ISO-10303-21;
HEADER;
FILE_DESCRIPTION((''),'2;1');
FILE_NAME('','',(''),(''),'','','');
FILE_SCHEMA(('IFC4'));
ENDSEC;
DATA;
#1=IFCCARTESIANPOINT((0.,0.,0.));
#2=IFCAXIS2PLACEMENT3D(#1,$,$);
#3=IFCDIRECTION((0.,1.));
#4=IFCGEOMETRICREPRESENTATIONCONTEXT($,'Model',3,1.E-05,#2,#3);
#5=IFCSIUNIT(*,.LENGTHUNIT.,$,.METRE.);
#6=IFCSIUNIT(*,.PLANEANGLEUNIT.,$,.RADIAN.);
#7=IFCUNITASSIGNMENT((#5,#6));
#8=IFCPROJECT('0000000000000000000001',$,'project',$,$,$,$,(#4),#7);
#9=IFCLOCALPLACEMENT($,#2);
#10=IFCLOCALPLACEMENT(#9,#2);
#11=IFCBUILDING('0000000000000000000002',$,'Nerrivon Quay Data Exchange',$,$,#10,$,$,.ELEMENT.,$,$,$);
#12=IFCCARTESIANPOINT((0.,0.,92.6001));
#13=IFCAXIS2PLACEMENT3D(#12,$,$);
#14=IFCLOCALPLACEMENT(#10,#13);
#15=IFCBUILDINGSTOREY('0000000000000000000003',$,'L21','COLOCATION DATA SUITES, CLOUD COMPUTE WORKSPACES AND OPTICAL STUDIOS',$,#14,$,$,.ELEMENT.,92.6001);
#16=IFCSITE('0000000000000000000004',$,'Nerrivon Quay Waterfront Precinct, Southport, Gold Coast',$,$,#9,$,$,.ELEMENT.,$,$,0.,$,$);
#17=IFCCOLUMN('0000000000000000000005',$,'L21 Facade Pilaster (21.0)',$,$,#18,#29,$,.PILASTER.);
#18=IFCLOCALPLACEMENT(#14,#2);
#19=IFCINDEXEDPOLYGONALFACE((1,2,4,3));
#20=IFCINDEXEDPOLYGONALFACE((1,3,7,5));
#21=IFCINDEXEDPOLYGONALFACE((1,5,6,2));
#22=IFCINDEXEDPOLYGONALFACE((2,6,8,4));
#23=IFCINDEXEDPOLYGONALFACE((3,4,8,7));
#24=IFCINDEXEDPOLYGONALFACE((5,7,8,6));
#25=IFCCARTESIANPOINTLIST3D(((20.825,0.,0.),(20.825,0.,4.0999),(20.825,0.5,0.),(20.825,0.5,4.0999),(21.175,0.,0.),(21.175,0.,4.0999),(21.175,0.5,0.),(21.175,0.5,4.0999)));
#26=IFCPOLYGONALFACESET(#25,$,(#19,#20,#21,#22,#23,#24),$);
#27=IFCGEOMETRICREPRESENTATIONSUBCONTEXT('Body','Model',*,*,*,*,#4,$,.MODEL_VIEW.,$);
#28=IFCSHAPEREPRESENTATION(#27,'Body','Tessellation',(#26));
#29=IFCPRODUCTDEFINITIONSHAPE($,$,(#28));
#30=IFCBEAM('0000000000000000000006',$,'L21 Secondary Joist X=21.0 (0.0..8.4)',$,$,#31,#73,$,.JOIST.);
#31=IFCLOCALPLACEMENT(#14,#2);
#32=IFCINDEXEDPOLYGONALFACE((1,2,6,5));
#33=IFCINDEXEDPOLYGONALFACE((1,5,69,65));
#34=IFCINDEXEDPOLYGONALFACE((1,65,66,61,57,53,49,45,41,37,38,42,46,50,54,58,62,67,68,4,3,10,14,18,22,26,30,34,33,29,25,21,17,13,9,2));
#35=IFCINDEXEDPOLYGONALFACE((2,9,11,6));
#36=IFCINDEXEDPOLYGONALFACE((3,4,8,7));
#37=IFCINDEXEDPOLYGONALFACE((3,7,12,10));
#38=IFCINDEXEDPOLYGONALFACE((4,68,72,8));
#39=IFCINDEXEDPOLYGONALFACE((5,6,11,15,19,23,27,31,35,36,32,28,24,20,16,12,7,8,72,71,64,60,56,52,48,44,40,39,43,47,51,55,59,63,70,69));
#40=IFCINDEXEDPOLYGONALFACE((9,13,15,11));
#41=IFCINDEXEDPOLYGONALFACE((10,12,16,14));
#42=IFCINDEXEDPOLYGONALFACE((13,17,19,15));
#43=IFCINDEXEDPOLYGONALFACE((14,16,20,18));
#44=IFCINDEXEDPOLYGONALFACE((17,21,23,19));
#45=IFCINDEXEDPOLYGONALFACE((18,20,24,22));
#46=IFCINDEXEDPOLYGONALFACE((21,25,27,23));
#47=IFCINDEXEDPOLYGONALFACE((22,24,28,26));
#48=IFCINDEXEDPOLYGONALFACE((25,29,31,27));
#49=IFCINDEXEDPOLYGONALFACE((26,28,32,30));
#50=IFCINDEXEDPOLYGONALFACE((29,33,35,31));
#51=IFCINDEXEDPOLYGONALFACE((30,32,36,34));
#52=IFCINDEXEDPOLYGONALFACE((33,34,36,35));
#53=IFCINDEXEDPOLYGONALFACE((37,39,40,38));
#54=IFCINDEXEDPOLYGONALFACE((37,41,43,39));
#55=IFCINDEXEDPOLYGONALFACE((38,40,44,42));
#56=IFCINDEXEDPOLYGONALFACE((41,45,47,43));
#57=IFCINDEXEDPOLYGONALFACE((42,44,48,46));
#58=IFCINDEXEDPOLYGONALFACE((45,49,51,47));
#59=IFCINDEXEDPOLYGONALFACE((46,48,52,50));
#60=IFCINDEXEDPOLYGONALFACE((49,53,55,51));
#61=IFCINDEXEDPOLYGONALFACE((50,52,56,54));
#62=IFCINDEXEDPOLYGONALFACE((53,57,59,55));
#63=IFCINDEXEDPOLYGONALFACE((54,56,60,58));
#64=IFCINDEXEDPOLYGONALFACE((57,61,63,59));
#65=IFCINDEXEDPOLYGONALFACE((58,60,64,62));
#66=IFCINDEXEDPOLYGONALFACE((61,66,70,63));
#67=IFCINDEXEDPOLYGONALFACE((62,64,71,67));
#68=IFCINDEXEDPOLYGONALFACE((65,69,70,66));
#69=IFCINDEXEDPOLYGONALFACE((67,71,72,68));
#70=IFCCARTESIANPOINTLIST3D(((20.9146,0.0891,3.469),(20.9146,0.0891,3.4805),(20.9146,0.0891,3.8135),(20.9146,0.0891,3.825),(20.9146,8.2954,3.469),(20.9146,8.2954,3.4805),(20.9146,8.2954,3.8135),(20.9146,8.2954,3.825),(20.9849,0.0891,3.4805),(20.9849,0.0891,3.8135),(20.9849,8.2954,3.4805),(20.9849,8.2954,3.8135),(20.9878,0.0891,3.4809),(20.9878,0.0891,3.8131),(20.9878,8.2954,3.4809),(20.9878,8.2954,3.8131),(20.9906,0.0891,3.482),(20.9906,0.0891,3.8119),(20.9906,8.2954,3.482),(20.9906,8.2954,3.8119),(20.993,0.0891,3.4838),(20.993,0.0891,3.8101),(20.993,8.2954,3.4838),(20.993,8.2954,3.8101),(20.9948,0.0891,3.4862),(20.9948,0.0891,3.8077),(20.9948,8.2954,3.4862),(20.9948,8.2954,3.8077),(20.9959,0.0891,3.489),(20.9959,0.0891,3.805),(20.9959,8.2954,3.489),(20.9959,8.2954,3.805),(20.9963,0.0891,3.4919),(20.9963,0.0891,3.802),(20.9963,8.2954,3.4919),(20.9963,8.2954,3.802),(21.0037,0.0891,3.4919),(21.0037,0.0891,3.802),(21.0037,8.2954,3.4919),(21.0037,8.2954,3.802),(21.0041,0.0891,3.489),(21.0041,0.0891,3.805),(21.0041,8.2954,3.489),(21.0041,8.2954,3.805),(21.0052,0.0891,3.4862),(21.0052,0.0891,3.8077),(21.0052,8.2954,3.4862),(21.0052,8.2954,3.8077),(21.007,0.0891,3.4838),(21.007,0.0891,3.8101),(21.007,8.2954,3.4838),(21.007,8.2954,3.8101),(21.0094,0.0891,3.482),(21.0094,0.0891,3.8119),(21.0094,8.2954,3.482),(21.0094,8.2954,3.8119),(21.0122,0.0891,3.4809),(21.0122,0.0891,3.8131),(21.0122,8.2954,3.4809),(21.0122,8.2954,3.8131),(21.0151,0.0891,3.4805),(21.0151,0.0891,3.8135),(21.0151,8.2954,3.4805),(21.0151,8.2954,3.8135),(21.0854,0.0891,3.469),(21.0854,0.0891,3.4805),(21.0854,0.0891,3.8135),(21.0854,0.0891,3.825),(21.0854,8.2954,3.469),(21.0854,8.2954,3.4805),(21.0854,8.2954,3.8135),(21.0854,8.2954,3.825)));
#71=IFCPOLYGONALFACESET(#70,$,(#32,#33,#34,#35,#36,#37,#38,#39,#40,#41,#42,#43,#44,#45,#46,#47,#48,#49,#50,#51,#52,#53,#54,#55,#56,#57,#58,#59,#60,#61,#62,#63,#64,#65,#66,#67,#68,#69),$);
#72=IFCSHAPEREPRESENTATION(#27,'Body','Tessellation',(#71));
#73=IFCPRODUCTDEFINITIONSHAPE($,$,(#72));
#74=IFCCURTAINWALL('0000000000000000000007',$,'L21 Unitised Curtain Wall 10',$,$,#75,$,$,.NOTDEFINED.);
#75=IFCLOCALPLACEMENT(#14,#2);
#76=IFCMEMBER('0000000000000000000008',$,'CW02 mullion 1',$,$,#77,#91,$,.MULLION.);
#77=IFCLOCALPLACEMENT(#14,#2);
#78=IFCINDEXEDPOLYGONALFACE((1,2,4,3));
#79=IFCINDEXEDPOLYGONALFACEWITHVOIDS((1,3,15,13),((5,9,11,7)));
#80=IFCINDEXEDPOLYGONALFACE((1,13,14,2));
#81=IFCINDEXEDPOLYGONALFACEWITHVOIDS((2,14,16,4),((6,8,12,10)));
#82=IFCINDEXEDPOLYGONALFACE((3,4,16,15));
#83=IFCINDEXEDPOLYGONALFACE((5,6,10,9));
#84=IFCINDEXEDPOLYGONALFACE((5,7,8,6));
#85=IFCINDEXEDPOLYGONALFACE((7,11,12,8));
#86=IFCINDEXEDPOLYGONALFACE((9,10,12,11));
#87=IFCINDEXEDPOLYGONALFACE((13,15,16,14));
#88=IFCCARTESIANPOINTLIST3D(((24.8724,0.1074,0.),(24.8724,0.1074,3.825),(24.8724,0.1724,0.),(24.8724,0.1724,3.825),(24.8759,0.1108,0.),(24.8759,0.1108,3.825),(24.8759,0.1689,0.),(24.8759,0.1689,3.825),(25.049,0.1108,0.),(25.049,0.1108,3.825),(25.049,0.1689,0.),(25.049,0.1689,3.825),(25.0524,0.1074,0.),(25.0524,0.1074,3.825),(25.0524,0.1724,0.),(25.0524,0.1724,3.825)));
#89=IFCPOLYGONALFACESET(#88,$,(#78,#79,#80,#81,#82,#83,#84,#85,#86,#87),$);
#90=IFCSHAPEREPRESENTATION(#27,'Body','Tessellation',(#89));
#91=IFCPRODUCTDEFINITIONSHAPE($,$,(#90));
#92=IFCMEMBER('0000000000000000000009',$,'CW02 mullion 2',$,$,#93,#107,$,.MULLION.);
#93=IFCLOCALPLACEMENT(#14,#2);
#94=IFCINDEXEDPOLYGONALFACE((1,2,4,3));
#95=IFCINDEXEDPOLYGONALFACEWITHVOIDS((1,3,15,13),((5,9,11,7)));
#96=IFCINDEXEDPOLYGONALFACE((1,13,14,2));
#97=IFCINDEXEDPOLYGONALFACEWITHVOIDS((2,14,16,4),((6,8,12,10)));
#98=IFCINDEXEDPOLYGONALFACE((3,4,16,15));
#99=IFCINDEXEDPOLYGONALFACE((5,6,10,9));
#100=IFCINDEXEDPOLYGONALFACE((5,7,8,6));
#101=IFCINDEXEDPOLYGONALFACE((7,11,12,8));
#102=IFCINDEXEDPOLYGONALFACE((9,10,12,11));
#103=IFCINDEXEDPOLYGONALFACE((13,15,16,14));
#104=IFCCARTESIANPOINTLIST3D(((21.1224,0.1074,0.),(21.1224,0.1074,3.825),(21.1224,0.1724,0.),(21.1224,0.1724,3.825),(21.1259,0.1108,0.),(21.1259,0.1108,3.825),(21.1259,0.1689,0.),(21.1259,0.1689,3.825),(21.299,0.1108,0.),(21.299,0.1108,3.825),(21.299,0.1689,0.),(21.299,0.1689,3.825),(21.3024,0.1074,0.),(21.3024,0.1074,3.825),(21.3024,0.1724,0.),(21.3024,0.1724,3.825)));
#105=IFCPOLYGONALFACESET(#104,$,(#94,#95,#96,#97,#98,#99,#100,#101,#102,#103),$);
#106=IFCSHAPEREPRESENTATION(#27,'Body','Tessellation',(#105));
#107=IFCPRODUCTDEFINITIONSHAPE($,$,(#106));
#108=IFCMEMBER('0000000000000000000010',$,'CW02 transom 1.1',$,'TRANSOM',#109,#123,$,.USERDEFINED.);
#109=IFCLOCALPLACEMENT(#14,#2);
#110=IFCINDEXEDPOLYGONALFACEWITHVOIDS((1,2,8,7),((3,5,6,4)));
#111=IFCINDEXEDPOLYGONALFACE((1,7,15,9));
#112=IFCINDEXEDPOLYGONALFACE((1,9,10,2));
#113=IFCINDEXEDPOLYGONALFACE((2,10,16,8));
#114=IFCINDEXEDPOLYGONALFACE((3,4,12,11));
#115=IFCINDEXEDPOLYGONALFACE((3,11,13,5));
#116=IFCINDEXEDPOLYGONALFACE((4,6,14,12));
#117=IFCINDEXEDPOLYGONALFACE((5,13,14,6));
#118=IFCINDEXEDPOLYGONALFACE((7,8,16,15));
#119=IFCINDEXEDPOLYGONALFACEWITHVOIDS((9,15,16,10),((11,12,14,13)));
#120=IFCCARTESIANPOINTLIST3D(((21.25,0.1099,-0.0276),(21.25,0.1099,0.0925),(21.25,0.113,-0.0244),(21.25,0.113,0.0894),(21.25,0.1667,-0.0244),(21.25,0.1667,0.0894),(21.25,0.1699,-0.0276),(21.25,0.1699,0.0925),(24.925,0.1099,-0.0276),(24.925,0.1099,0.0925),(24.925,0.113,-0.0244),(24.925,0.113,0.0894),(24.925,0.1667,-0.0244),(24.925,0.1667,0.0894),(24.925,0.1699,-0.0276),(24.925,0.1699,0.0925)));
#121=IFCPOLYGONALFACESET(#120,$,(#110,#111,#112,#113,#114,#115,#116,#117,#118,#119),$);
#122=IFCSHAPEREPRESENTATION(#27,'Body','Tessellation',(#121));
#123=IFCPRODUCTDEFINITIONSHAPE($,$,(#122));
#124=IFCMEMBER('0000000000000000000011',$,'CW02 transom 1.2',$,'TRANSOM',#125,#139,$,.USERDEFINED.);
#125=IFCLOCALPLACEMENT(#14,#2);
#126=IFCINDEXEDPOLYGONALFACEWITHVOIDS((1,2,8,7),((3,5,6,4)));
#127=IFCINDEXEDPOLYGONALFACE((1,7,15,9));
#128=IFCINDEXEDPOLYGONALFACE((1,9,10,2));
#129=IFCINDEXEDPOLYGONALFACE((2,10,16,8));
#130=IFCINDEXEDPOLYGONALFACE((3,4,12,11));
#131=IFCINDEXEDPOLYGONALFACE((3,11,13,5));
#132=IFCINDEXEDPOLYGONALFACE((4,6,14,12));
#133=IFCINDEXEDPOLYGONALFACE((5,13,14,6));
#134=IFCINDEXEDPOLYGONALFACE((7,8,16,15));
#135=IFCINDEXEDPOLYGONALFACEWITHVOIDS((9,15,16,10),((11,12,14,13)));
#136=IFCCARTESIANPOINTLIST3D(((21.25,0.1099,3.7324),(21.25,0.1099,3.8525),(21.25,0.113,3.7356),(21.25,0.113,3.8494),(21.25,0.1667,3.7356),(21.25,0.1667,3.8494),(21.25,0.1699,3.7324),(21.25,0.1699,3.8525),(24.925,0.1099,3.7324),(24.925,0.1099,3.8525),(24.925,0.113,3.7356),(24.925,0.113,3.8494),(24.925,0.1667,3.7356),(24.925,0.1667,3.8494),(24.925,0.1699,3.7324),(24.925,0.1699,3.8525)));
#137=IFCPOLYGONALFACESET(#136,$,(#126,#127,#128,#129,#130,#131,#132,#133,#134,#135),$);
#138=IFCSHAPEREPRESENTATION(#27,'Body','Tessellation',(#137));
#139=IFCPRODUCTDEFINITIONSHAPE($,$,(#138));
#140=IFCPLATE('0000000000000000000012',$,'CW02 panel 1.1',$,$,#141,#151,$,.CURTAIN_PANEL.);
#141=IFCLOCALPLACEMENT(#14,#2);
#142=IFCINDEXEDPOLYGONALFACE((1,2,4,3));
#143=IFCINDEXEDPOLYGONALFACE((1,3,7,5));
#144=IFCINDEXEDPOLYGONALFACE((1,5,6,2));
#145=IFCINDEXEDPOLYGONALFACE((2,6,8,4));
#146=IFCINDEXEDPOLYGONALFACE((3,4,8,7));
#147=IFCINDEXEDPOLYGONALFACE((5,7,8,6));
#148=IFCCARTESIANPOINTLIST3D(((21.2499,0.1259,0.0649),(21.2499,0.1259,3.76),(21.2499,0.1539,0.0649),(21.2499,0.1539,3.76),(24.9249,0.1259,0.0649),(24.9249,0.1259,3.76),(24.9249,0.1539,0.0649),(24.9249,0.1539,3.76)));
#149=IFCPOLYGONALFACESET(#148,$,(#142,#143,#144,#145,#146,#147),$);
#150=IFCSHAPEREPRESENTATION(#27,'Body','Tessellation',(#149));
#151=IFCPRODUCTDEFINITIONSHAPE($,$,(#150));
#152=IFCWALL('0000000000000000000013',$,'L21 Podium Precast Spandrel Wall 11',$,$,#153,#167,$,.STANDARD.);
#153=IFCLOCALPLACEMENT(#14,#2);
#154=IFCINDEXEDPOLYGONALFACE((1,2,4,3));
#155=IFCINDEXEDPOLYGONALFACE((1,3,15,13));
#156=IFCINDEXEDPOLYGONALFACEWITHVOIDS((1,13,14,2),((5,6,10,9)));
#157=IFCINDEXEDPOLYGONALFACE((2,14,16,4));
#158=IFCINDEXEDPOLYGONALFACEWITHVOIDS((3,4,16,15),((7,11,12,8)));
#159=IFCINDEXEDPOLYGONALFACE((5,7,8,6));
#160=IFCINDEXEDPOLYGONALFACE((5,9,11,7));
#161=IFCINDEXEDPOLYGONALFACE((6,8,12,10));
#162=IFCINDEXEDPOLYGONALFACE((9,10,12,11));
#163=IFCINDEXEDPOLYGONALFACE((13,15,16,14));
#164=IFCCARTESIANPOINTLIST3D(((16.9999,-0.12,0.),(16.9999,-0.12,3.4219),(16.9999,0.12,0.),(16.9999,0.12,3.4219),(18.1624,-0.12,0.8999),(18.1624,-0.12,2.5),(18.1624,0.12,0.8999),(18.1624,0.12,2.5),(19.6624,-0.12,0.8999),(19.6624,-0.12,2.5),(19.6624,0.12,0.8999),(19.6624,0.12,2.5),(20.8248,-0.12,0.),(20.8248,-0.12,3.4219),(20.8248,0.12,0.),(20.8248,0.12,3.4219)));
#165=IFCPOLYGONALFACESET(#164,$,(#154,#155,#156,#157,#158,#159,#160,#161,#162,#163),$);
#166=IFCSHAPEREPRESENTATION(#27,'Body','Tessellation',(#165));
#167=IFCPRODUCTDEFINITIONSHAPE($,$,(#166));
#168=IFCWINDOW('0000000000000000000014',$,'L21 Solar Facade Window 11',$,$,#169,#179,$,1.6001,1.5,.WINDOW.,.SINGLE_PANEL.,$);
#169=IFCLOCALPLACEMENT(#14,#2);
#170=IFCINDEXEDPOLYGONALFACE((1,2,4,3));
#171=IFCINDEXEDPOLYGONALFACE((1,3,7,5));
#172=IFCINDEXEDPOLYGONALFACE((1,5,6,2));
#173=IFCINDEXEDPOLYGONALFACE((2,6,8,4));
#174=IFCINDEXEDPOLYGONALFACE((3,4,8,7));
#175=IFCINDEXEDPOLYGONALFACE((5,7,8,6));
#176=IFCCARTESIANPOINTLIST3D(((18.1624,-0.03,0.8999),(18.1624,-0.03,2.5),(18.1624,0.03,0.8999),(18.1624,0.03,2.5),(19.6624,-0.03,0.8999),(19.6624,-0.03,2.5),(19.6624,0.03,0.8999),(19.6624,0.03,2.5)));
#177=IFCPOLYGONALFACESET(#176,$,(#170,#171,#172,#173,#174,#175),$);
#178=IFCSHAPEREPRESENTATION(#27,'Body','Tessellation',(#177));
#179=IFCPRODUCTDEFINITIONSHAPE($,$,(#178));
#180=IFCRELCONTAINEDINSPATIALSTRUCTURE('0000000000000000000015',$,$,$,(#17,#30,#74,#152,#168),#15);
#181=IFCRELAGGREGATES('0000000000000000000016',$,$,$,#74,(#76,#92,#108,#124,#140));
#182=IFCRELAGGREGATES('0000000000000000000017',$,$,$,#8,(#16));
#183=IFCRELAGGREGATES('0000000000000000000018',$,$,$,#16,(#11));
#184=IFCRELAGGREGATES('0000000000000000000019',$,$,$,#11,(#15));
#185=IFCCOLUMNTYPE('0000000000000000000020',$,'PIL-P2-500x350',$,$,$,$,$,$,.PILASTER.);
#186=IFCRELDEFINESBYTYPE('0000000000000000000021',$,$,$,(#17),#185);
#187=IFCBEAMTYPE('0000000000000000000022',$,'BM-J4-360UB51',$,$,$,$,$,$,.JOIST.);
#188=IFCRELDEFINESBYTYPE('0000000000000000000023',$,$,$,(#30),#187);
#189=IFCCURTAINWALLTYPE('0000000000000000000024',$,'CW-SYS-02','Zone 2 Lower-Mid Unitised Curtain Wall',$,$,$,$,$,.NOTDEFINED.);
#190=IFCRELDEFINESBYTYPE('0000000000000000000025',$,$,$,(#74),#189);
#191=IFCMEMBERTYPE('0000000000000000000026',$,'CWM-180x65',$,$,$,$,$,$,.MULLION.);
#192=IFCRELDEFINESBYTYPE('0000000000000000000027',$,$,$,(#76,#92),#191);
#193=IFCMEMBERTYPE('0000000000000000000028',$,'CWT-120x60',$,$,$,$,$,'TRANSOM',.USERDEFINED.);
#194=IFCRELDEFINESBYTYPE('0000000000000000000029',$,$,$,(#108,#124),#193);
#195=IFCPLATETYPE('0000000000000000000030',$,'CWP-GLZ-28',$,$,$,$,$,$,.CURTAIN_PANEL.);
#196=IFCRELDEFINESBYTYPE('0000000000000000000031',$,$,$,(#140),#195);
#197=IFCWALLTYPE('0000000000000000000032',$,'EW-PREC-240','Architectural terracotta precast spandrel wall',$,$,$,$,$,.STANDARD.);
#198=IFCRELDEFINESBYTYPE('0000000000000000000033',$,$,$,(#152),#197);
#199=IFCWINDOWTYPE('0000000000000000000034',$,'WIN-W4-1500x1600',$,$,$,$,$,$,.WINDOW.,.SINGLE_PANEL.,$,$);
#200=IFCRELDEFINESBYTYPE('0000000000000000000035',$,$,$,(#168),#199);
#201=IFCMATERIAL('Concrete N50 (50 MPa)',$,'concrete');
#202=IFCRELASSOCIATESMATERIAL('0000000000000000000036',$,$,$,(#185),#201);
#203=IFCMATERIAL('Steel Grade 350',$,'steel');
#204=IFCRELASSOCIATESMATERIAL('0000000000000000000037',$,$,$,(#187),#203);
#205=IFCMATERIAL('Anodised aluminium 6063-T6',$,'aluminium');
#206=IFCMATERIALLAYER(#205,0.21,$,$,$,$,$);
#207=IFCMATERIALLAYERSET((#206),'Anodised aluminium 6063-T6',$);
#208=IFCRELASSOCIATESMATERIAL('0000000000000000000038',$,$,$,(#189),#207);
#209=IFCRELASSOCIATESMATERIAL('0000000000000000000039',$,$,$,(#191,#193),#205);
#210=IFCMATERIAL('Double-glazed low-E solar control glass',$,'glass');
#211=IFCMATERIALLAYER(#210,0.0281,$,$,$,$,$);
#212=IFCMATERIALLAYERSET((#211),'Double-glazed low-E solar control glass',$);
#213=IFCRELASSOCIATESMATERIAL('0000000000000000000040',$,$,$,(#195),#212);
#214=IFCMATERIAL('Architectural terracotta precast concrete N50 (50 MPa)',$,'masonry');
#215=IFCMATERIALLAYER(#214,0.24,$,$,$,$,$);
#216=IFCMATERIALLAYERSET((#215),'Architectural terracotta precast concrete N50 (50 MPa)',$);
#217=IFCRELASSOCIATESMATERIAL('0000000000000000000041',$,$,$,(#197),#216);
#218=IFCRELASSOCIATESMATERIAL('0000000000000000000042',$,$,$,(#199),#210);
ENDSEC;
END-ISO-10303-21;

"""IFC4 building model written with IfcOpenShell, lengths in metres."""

from ifc_helpers import new_model, si_unit, direction, frame, frame_2d, origin, origin_2d, place, context, subcontext, project, spatial, rectangle, hollow_rectangle, i_section, extrude, material, layer, layer_set, material_profile, profile_set, type_object, element, fill, aggregate, save


model = new_model("IFC4")

# Units and contexts
model_context = context("Model", 3, precision=1e-05, world=origin(), true_north=direction((0.0, 1.0)))
body_context = subcontext(model_context, "Body", "Model", "MODEL_VIEW")
ifc_project = project(units=[si_unit("LENGTHUNIT", "METRE"), si_unit("PLANEANGLEUNIT", "RADIAN")], contexts=[model_context])

# Site, building, storey
site_placement = place(None, origin())
site = spatial("IfcSite", under=ifc_project, at=site_placement, Name="Nerrivon Quay Waterfront Precinct, Southport, Gold Coast", CompositionType="ELEMENT", RefElevation=0.0)
building_placement = place(site_placement, origin())
building = spatial("IfcBuilding", under=site, at=building_placement, Name="Nerrivon Quay Data Exchange", CompositionType="ELEMENT")
storey_placement = place(building_placement, frame((0.0, 0.0, 92.6001)))
storey = spatial("IfcBuildingStorey", under=building, at=storey_placement, Name="L21", Description="COLOCATION DATA SUITES, CLOUD COMPUTE WORKSPACES AND OPTICAL STUDIOS", CompositionType="ELEMENT", Elevation=92.6001)

# Column
ifc_material_1 = material(Name="Concrete N50 (50 MPa)", Category="concrete")
ifc_material_profile_1 = material_profile(ifc_material_1, rectangle(XDim=0.3501, YDim=0.5, at=origin_2d()), Name="RC-PIL-500x350")
ifc_profile_set_1 = profile_set([ifc_material_profile_1], Name="Concrete N50 (50 MPa)")
column_type = type_object("IfcColumnType", Name="PIL-P2-500x350", PredefinedType="PILASTER", material=ifc_profile_set_1)
column_placement = place(storey_placement, frame((21.0, 0.25, 0.0), z_axis=(0.0, 0.0, 1.0), x_axis=(1.0, 0.0, 0.0)))
element("IfcColumn", 1, at=column_placement, inside=storey, type_object=column_type, Name="L21 Facade Pilaster (21.0)", PredefinedType="PILASTER", context=body_context, shape_type="SweptSolid", body=[
    extrude(rectangle(XDim=0.3501, YDim=0.5, at=origin_2d()), origin(), (0.0, 0.0, 1.0), 4.0999),
])

# Beam
ifc_material_2 = material(Name="Steel Grade 350", Category="steel")
ifc_material_profile_2 = material_profile(ifc_material_2, i_section(OverallWidth=0.1709, OverallDepth=0.356, WebThickness=0.0073, FlangeThickness=0.0115, FilletRadius=0.0115, at=origin_2d()), Name="360UB50.7")
ifc_profile_set_2 = profile_set([ifc_material_profile_2], Name="Steel Grade 350")
beam_type = type_object("IfcBeamType", Name="BM-J4-360UB51", PredefinedType="JOIST", material=ifc_profile_set_2)
beam_placement = place(storey_placement, frame((21.0, 0.0891, 3.647), z_axis=(0.0, 1.0, 0.0), x_axis=(-1.0, 0.0, 0.0)))
element("IfcBeam", 2, at=beam_placement, inside=storey, type_object=beam_type, Name="L21 Secondary Joist X=21.0 (0.0..8.4)", PredefinedType="JOIST", context=body_context, shape_type="SweptSolid", body=[
    extrude(i_section(OverallWidth=0.1709, OverallDepth=0.356, WebThickness=0.0073, FlangeThickness=0.0115, FilletRadius=0.0115, at=origin_2d()), origin(), (0.0, 0.0, 1.0), 8.2063),
])

# Curtain wall, members, plate
ifc_material_3 = material(Name="Anodised aluminium 6063-T6", Category="aluminium")
ifc_layer_1 = layer(ifc_material_3, 0.21)
ifc_layer_set_1 = layer_set([ifc_layer_1], Name="Anodised aluminium 6063-T6")
curtain_wall_type = type_object("IfcCurtainWallType", Name="CW-SYS-02", Description="Zone 2 Lower-Mid Unitised Curtain Wall", PredefinedType="NOTDEFINED", material=ifc_layer_set_1)
curtain_wall_placement = place(storey_placement, origin())
curtain_wall = element("IfcCurtainWall", 3, at=curtain_wall_placement, inside=storey, type_object=curtain_wall_type, Name="L21 Unitised Curtain Wall 10", PredefinedType="NOTDEFINED")
ifc_material_profile_3 = material_profile(ifc_material_3, hollow_rectangle(XDim=0.0649, YDim=0.1799, WallThickness=0.0034, at=origin_2d()), Name="ALU-MULL-180x65")
ifc_profile_set_3 = profile_set([ifc_material_profile_3], Name="Anodised aluminium 6063-T6")
member_type_1 = type_object("IfcMemberType", Name="CWM-180x65", PredefinedType="MULLION", material=ifc_profile_set_3)
member_1_placement = place(storey_placement, frame((24.9624, 0.1399, 0.0), z_axis=(0.0, 0.0, 1.0), x_axis=(0.0, -1.0, 0.0)))
member_1 = element("IfcMember", 4, at=member_1_placement, type_object=member_type_1, Name="CW02 mullion 1", PredefinedType="MULLION", context=body_context, shape_type="SweptSolid", body=[
    extrude(hollow_rectangle(XDim=0.0649, YDim=0.1799, WallThickness=0.0034, at=origin_2d()), origin(), (0.0, 0.0, 1.0), 3.825),
])
member_2_placement = place(storey_placement, frame((21.2124, 0.1399, 0.0), z_axis=(0.0, 0.0, 1.0), x_axis=(0.0, -1.0, 0.0)))
member_2 = element("IfcMember", 5, at=member_2_placement, type_object=member_type_1, Name="CW02 mullion 2", PredefinedType="MULLION", context=body_context, shape_type="SweptSolid", body=[
    extrude(hollow_rectangle(XDim=0.0649, YDim=0.1799, WallThickness=0.0034, at=origin_2d()), origin(), (0.0, 0.0, 1.0), 3.825),
])
ifc_material_profile_4 = material_profile(ifc_material_3, hollow_rectangle(XDim=0.0601, YDim=0.1201, WallThickness=0.0032, at=origin_2d()), Name="ALU-TRAN-120x60")
ifc_profile_set_4 = profile_set([ifc_material_profile_4], Name="Anodised aluminium 6063-T6")
member_type_2 = type_object("IfcMemberType", Name="CWT-120x60", ElementType="TRANSOM", PredefinedType="USERDEFINED", material=ifc_profile_set_4)
member_3_placement = place(storey_placement, frame((24.925, 0.1399, 0.0325), z_axis=(-1.0, 0.0, 0.0), x_axis=(0.0, -1.0, 0.0)))
member_3 = element("IfcMember", 6, at=member_3_placement, type_object=member_type_2, Name="CW02 transom 1.1", ObjectType="TRANSOM", PredefinedType="USERDEFINED", context=body_context, shape_type="SweptSolid", body=[
    extrude(hollow_rectangle(XDim=0.0601, YDim=0.1201, WallThickness=0.0032, at=origin_2d()), origin(), (0.0, 0.0, 1.0), 3.675),
])
member_4_placement = place(storey_placement, frame((24.925, 0.1399, 3.7925), z_axis=(-1.0, 0.0, 0.0), x_axis=(0.0, -1.0, 0.0)))
member_4 = element("IfcMember", 7, at=member_4_placement, type_object=member_type_2, Name="CW02 transom 1.2", ObjectType="TRANSOM", PredefinedType="USERDEFINED", context=body_context, shape_type="SweptSolid", body=[
    extrude(hollow_rectangle(XDim=0.0601, YDim=0.1201, WallThickness=0.0032, at=origin_2d()), origin(), (0.0, 0.0, 1.0), 3.675),
])
ifc_material_4 = material(Name="Double-glazed low-E solar control glass", Category="glass")
ifc_layer_2 = layer(ifc_material_4, 0.0281)
ifc_layer_set_2 = layer_set([ifc_layer_2], Name="Double-glazed low-E solar control glass")
plate_type = type_object("IfcPlateType", Name="CWP-GLZ-28", PredefinedType="CURTAIN_PANEL", material=ifc_layer_set_2)
plate_placement = place(storey_placement, frame((23.0874, 0.1399, 0.0649), z_axis=(0.0, 0.0, 1.0), x_axis=(-1.0, 0.0, 0.0)))
plate = element("IfcPlate", 8, at=plate_placement, type_object=plate_type, Name="CW02 panel 1.1", PredefinedType="CURTAIN_PANEL", context=body_context, shape_type="SweptSolid", body=[
    extrude(rectangle(XDim=3.675, YDim=0.0281, at=origin_2d()), origin(), (0.0, 0.0, 1.0), 3.6951),
])
aggregate(curtain_wall, [member_1, member_2, member_3, member_4, plate])

# Wall, opening, window
ifc_material_5 = material(Name="Architectural terracotta precast concrete N50 (50 MPa)", Category="masonry")
ifc_layer_3 = layer(ifc_material_5, 0.24)
ifc_layer_set_3 = layer_set([ifc_layer_3], Name="Architectural terracotta precast concrete N50 (50 MPa)")
wall_type_1 = type_object("IfcWallType", Name="EW-PREC-240", Description="Architectural terracotta precast spandrel wall", PredefinedType="STANDARD", material=ifc_layer_set_3)
wall_1_placement = place(storey_placement, frame((20.825, 0.0, 0.0), z_axis=(0.0, 0.0, 1.0), x_axis=(-1.0, 0.0, 0.0)))
wall_1 = element("IfcWall", 9, at=wall_1_placement, inside=storey, type_object=wall_type_1, Name="L21 Podium Precast Spandrel Wall 11", PredefinedType="STANDARD", context=body_context, shape_type="SweptSolid", body=[
    extrude(rectangle(XDim=3.825, YDim=0.24, at=frame_2d((1.9126, 0.0))), origin(), (0.0, 0.0, 1.0), 3.4219),
])
opening_1_placement = place(wall_1_placement, frame((1.1626, 0.0, 0.8999)))
opening_1 = element("IfcOpeningElement", 10, at=opening_1_placement, cuts=wall_1, PredefinedType="OPENING", context=body_context, shape_type="SweptSolid", body=[
    extrude(rectangle(XDim=1.5, YDim=1.6001, at=frame_2d((0.75, 0.8))), frame((0.0, 0.1299, 0.0), z_axis=(0.0, -1.0, 0.0), x_axis=(1.0, 0.0, 0.0)), (0.0, 0.0, 1.0), 0.26),
])
window_type = type_object("IfcWindowType", Name="WIN-W4-1500x1600", PartitioningType="SINGLE_PANEL", PredefinedType="WINDOW", material=ifc_material_4)
window_placement = place(opening_1_placement, origin())
window = element("IfcWindow", 11, at=window_placement, inside=storey, type_object=window_type, Name="L21 Solar Facade Window 11", OverallHeight=1.6001, OverallWidth=1.5, PartitioningType="SINGLE_PANEL", PredefinedType="WINDOW", context=body_context, shape_type="SweptSolid", body=[
    extrude(rectangle(XDim=1.5, YDim=1.6001, at=frame_2d((0.75, 0.8))), frame((0.0, 0.03, 0.0), z_axis=(0.0, -1.0, 0.0), x_axis=(1.0, 0.0, 0.0)), (0.0, 0.0, 1.0), 0.0601),
])
fill(opening_1, window)

save(model, "model.ifc")
